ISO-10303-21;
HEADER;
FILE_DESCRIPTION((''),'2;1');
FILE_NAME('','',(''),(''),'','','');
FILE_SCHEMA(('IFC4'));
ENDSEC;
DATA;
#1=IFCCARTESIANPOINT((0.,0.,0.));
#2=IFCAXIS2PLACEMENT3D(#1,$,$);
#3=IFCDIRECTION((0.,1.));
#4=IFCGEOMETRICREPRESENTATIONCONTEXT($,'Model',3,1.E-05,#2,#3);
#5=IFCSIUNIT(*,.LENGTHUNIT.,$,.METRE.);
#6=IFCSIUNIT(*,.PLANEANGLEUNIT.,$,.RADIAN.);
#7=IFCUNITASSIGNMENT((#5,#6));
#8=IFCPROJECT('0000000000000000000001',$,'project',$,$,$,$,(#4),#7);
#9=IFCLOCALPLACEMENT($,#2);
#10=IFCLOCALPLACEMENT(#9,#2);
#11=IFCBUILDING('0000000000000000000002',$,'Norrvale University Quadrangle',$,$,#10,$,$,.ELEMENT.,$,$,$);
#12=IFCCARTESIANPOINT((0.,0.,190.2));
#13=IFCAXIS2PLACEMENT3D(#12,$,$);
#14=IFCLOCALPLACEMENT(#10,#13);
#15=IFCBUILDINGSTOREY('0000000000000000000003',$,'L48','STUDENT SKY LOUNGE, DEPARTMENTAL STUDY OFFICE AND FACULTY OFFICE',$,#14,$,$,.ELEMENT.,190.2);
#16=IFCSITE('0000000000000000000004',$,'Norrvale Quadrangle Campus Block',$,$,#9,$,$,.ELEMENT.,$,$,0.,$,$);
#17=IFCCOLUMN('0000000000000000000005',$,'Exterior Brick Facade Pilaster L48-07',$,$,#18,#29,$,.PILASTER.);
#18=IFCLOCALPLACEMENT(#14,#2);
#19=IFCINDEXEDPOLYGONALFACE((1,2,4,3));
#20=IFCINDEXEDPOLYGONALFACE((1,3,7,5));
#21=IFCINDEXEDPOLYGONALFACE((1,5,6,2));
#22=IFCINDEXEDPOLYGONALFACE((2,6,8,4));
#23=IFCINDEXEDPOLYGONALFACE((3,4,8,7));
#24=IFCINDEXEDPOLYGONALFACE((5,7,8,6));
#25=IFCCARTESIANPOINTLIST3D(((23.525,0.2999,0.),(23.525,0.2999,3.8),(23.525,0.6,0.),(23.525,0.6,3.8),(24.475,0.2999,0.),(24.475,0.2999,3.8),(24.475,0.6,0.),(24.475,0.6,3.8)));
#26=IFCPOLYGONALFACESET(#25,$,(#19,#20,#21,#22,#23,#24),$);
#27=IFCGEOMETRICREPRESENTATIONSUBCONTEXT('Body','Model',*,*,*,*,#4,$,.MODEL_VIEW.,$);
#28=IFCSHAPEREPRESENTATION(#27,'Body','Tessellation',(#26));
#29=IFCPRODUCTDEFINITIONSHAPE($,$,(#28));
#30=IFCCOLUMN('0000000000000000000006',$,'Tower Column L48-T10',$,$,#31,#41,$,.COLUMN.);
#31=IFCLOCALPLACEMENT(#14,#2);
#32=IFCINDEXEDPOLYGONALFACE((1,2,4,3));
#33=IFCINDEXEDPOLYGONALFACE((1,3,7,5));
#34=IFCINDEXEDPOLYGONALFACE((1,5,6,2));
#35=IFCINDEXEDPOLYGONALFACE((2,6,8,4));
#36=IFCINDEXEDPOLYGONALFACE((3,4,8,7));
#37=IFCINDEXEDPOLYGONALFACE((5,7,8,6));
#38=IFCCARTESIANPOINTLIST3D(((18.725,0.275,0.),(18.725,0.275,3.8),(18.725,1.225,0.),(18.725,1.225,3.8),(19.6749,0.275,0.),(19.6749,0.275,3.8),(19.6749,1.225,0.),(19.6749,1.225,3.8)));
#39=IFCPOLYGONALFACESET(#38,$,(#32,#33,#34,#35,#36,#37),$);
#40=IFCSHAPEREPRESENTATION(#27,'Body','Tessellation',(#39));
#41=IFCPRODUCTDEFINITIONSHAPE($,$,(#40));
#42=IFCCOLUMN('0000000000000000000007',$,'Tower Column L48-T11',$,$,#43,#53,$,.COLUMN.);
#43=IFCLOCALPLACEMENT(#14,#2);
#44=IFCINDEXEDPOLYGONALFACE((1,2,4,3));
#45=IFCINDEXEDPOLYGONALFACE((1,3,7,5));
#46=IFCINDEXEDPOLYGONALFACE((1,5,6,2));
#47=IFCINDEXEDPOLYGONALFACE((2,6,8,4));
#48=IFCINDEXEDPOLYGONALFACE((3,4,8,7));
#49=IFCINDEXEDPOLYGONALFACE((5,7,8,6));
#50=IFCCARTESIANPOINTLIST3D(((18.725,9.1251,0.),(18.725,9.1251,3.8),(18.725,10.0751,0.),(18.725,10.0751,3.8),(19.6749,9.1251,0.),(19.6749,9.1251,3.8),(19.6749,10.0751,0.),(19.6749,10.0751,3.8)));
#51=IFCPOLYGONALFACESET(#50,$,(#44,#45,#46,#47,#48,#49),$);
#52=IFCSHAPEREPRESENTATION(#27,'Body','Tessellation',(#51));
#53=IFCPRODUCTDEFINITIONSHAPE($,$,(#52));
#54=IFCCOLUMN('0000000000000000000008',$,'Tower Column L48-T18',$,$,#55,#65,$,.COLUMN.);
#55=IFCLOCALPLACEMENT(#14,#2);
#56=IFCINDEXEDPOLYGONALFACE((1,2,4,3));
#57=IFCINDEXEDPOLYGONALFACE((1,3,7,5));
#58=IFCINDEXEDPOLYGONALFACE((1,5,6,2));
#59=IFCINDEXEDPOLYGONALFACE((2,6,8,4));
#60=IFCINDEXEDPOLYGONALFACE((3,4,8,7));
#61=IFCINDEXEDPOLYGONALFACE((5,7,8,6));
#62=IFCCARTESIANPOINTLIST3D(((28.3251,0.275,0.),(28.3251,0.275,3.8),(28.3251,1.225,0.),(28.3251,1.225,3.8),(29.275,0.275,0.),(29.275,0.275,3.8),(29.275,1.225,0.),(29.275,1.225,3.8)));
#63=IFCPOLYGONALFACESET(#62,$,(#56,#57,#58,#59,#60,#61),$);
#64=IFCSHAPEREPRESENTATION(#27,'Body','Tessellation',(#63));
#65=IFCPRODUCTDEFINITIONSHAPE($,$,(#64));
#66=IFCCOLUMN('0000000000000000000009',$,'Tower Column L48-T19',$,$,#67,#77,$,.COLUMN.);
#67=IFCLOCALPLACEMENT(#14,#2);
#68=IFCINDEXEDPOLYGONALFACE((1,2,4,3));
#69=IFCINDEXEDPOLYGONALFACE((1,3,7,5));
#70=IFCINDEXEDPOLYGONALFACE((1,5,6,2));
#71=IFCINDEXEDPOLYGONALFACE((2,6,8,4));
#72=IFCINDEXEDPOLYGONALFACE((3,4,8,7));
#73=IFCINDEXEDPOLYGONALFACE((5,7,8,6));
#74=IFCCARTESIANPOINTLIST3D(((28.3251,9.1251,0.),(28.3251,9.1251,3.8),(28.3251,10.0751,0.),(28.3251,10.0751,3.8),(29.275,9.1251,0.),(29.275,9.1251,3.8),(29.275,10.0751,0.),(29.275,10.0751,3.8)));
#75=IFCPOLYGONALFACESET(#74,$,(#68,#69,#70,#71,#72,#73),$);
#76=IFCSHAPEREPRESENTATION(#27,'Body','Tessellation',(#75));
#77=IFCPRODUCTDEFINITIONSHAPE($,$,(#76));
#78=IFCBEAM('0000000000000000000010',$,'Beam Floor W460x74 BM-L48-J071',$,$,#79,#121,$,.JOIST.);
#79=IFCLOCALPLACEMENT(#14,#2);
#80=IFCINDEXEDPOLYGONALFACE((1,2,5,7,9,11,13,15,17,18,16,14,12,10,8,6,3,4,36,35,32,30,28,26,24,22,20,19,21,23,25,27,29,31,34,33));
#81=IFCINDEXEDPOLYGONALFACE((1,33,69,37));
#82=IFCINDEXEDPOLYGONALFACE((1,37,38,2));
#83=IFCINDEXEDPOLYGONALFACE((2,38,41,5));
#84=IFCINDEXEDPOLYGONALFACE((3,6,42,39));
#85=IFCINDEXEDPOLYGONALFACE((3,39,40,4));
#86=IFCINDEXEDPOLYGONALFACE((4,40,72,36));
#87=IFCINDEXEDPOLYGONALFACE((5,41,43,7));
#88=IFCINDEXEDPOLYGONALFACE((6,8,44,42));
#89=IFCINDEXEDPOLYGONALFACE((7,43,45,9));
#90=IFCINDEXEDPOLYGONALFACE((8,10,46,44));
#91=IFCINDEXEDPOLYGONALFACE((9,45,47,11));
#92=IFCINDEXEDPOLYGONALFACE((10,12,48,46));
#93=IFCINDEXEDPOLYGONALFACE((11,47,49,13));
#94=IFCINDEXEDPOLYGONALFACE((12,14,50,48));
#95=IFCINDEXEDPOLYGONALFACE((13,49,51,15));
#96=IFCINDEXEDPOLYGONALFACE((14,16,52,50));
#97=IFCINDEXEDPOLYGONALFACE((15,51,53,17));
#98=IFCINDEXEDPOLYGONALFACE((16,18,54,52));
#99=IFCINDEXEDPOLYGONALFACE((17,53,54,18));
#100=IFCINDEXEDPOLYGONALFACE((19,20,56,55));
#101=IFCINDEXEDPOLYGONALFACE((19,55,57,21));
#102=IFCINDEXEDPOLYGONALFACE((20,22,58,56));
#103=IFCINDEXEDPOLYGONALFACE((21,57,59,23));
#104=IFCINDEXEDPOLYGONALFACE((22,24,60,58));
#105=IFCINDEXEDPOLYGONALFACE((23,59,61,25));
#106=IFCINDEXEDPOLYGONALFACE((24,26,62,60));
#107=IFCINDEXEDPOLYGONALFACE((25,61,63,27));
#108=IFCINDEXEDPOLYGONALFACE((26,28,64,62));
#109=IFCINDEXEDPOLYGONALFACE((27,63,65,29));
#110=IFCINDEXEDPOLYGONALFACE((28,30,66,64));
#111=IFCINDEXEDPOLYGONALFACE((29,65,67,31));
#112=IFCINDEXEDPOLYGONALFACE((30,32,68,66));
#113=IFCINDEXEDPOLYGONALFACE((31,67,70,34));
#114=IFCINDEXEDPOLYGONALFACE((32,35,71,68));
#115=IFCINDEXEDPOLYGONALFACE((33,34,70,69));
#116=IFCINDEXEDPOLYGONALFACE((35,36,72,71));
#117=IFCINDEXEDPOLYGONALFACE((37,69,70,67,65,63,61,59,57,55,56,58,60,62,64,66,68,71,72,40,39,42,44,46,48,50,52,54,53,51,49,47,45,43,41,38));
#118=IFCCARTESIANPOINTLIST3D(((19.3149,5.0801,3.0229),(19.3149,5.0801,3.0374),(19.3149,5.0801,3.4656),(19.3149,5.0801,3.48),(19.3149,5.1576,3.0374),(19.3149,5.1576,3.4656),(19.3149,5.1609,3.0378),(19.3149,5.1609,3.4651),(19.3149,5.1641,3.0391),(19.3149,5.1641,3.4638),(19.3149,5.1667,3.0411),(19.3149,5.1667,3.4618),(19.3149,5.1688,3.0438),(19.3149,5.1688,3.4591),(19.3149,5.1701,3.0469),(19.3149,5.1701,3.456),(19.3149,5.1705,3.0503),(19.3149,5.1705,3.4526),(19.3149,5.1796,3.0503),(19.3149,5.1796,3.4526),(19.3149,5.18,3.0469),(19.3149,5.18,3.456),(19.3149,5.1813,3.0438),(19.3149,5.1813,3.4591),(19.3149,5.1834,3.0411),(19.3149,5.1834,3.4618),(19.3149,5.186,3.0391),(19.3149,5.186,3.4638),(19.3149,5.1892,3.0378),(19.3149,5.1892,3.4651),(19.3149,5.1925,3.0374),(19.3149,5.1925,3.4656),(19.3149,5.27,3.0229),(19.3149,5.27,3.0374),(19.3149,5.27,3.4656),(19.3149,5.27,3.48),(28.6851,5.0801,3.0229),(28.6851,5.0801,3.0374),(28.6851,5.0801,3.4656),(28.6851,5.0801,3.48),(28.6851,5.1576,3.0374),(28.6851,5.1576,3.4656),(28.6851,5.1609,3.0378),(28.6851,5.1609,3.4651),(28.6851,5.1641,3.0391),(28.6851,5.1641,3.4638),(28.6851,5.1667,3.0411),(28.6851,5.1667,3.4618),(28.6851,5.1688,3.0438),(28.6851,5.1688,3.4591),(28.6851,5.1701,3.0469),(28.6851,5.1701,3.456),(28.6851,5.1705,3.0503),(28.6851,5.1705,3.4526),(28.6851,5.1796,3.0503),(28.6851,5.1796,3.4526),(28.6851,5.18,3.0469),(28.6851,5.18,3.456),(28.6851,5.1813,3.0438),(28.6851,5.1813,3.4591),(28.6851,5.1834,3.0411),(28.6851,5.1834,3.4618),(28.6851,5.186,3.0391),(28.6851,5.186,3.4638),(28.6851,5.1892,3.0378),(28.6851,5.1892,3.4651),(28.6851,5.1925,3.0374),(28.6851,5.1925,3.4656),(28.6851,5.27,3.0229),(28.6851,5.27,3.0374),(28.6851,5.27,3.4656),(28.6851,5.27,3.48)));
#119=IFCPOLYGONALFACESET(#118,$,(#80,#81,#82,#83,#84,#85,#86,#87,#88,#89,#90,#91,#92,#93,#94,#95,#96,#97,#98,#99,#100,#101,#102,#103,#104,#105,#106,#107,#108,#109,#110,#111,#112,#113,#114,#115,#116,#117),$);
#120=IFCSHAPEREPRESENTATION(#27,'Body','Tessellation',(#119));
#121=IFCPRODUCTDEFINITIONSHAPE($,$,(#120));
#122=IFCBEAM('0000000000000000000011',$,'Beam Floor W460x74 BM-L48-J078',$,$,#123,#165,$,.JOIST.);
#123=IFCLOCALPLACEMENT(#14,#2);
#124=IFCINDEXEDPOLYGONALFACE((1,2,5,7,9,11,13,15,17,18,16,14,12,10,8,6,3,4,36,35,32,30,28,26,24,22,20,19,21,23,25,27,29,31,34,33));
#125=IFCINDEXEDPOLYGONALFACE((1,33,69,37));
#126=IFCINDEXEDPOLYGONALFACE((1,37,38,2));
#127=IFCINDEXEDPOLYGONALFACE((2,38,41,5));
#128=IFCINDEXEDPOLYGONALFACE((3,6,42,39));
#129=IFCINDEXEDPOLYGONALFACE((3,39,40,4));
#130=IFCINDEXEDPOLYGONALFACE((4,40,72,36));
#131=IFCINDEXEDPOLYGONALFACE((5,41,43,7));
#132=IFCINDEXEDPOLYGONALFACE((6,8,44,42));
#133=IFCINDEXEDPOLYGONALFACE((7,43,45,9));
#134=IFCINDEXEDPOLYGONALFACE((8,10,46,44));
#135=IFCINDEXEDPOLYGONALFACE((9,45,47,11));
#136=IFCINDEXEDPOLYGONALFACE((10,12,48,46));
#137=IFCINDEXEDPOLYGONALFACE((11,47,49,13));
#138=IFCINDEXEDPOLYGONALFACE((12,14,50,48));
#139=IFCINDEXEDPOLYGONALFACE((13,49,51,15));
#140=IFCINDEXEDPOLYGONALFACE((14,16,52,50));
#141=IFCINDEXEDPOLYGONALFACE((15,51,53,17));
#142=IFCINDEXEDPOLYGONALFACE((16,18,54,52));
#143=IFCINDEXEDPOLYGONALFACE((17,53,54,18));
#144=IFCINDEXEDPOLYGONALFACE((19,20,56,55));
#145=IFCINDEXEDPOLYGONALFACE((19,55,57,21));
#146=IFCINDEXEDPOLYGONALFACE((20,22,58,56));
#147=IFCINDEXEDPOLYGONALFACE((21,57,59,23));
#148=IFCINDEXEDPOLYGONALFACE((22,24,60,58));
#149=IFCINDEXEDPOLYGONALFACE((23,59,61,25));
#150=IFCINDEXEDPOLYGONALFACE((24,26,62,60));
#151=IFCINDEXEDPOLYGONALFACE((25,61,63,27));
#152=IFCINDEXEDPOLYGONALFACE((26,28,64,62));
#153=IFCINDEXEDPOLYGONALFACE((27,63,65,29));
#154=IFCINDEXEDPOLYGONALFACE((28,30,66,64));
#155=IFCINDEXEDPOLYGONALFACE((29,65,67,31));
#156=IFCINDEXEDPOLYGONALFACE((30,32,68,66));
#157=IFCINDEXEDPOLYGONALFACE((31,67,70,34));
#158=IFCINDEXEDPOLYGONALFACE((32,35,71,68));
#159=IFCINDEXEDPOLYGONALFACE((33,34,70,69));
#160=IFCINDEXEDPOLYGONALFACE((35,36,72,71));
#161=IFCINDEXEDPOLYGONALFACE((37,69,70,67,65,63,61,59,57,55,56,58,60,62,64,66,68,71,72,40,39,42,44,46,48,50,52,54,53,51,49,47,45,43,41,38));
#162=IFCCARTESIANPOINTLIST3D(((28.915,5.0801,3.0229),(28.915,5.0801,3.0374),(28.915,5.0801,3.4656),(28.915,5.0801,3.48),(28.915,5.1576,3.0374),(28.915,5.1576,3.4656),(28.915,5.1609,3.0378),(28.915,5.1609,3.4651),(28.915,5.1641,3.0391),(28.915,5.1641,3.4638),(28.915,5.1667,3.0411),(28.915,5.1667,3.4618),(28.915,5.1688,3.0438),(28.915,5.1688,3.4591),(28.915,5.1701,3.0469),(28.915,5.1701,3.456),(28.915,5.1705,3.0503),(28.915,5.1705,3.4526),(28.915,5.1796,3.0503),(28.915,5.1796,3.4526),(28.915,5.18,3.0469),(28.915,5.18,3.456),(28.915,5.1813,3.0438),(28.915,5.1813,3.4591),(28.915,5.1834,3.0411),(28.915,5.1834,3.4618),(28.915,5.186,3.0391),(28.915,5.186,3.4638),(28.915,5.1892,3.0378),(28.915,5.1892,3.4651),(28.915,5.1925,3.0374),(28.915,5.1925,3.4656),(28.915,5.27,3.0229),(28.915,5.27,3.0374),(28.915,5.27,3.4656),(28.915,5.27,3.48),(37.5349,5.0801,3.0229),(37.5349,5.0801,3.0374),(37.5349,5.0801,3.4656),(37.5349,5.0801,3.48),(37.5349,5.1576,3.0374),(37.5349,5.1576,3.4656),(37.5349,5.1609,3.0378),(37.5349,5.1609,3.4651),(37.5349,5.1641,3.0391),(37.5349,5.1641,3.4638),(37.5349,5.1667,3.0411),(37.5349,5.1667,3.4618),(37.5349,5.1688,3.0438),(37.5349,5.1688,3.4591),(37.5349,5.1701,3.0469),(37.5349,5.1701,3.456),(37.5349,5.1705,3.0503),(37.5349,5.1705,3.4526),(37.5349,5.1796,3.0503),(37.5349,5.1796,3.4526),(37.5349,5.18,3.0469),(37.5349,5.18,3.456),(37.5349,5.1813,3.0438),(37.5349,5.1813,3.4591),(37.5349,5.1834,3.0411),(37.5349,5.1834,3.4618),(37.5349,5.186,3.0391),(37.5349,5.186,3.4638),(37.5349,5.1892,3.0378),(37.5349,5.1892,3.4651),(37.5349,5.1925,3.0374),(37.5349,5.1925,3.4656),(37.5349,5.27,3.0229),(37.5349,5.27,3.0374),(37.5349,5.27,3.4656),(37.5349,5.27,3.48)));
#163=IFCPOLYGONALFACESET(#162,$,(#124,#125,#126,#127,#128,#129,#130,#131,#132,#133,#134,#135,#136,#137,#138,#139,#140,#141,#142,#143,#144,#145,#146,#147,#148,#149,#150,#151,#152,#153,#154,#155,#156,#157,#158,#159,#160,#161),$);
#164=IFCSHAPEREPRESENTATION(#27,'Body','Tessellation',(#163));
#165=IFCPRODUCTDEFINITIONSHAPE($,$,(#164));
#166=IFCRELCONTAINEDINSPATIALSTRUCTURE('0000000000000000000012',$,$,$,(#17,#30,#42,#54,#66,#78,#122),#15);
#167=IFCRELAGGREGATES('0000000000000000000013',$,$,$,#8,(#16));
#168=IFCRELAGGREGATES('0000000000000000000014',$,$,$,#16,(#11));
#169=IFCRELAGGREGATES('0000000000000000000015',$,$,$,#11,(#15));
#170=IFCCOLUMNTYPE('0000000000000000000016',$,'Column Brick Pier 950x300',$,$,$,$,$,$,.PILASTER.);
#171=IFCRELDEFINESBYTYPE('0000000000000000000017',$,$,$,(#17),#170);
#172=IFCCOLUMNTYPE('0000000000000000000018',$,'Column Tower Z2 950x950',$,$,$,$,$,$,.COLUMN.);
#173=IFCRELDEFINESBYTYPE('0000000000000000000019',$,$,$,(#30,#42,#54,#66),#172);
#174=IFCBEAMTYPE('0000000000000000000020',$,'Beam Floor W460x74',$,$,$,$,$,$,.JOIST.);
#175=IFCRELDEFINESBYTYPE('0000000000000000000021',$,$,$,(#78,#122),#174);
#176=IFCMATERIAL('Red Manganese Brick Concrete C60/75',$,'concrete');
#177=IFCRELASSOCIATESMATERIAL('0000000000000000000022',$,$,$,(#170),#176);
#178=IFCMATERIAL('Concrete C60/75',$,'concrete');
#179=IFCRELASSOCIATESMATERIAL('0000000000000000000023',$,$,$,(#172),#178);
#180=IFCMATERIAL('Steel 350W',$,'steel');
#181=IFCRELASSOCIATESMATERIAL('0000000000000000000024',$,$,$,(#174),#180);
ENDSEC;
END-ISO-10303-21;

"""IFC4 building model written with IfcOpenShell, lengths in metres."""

from ifc_helpers import new_model, si_unit, direction, frame, origin, origin_2d, place, context, subcontext, project, spatial, rectangle, i_section, extrude, material, material_profile, profile_set, type_object, element, save


model = new_model("IFC4")

# Units and contexts
model_context = context("Model", 3, precision=1e-05, world=origin(), true_north=direction((0.0, 1.0)))
body_context = subcontext(model_context, "Body", "Model", "MODEL_VIEW")
ifc_project = project(units=[si_unit("LENGTHUNIT", "METRE"), si_unit("PLANEANGLEUNIT", "RADIAN")], contexts=[model_context])

# Site, building, storey
site_placement = place(None, origin())
site = spatial("IfcSite", under=ifc_project, at=site_placement, Name="Norrvale Quadrangle Campus Block", CompositionType="ELEMENT", RefElevation=0.0)
building_placement = place(site_placement, origin())
building = spatial("IfcBuilding", under=site, at=building_placement, Name="Norrvale University Quadrangle", CompositionType="ELEMENT")
storey_placement = place(building_placement, frame((0.0, 0.0, 190.2)))
storey = spatial("IfcBuildingStorey", under=building, at=storey_placement, Name="L48", Description="STUDENT SKY LOUNGE, DEPARTMENTAL STUDY OFFICE AND FACULTY OFFICE", CompositionType="ELEMENT", Elevation=190.2)

# Columns
ifc_material_1 = material(Name="Red Manganese Brick Concrete C60/75", Category="concrete")
ifc_material_profile_1 = material_profile(ifc_material_1, rectangle(XDim=0.95, YDim=0.3, at=origin_2d()), Name="Red Manganese Brick Concrete C60/75")
ifc_profile_set_1 = profile_set([ifc_material_profile_1], Name="Red Manganese Brick Concrete C60/75")
column_type_1 = type_object("IfcColumnType", Name="Column Brick Pier 950x300", PredefinedType="PILASTER", material=ifc_profile_set_1)
column_placement = place(storey_placement, frame((24.0, 0.45, 0.0), z_axis=(0.0, 0.0, 1.0), x_axis=(1.0, 0.0, 0.0)))
element("IfcColumn", 1, at=column_placement, inside=storey, type_object=column_type_1, Name="Exterior Brick Facade Pilaster L48-07", PredefinedType="PILASTER", context=body_context, shape_type="SweptSolid", body=[
    extrude(rectangle(XDim=0.95, YDim=0.3, at=origin_2d()), origin(), (0.0, 0.0, 1.0), 3.8),
])
ifc_material_2 = material(Name="Concrete C60/75", Category="concrete")
ifc_material_profile_2 = material_profile(ifc_material_2, rectangle(XDim=0.95, YDim=0.95, at=origin_2d()), Name="Concrete C60/75")
ifc_profile_set_2 = profile_set([ifc_material_profile_2], Name="Concrete C60/75")
column_type_2 = type_object("IfcColumnType", Name="Column Tower Z2 950x950", PredefinedType="COLUMN", material=ifc_profile_set_2)
for number, where, z_axis, x_axis, name in (
    (2, (19.2, 0.75, 0.0), (0.0, 0.0, 1.0), (1.0, 0.0, 0.0), "Tower Column L48-T10"),
    (3, (19.2, 9.6001, 0.0), (0.0, 0.0, 1.0), (1.0, 0.0, 0.0), "Tower Column L48-T11"),
    (4, (28.8, 0.75, 0.0), (0.0, 0.0, 1.0), (1.0, 0.0, 0.0), "Tower Column L48-T18"),
    (5, (28.8, 9.6001, 0.0), (0.0, 0.0, 1.0), (1.0, 0.0, 0.0), "Tower Column L48-T19"),
):
    element("IfcColumn", number, at=place(storey_placement, frame(where, z_axis=z_axis, x_axis=x_axis)), inside=storey, type_object=column_type_2, Name=name, PredefinedType="COLUMN", context=body_context, shape_type="SweptSolid", body=[
        extrude(rectangle(XDim=0.95, YDim=0.95, at=origin_2d()), origin(), (0.0, 0.0, 1.0), 3.8),
    ])

# Beams
ifc_material_3 = material(Name="Steel 350W", Category="steel")
ifc_material_profile_3 = material_profile(ifc_material_3, i_section(OverallWidth=0.1899, OverallDepth=0.457, WebThickness=0.009, FlangeThickness=0.0144, FilletRadius=0.0129, at=origin_2d()), Name="Steel 350W")
ifc_profile_set_3 = profile_set([ifc_material_profile_3], Name="Steel 350W")
beam_type_1 = type_object("IfcBeamType", Name="Beam Floor W460x74", PredefinedType="JOIST", material=ifc_profile_set_3)
beam_1_placement = place(storey_placement, frame((19.3149, 5.175, 3.2515), z_axis=(1.0, 0.0, 0.0), x_axis=(0.0, 1.0, 0.0)))
element("IfcBeam", 6, at=beam_1_placement, inside=storey, type_object=beam_type_1, Name="Beam Floor W460x74 BM-L48-J071", PredefinedType="JOIST", context=body_context, shape_type="SweptSolid", body=[
    extrude(i_section(OverallWidth=0.1899, OverallDepth=0.457, WebThickness=0.009, FlangeThickness=0.0144, FilletRadius=0.0129, at=origin_2d()), origin(), (0.0, 0.0, 1.0), 9.3701),
])
beam_2_placement = place(storey_placement, frame((28.915, 5.175, 3.2515), z_axis=(1.0, 0.0, 0.0), x_axis=(0.0, 1.0, 0.0)))
element("IfcBeam", 7, at=beam_2_placement, inside=storey, type_object=beam_type_1, Name="Beam Floor W460x74 BM-L48-J078", PredefinedType="JOIST", context=body_context, shape_type="SweptSolid", body=[
    extrude(i_section(OverallWidth=0.1899, OverallDepth=0.457, WebThickness=0.009, FlangeThickness=0.0144, FilletRadius=0.0129, at=origin_2d()), origin(), (0.0, 0.0, 1.0), 8.6199),
])

save(model, "model.ifc")
